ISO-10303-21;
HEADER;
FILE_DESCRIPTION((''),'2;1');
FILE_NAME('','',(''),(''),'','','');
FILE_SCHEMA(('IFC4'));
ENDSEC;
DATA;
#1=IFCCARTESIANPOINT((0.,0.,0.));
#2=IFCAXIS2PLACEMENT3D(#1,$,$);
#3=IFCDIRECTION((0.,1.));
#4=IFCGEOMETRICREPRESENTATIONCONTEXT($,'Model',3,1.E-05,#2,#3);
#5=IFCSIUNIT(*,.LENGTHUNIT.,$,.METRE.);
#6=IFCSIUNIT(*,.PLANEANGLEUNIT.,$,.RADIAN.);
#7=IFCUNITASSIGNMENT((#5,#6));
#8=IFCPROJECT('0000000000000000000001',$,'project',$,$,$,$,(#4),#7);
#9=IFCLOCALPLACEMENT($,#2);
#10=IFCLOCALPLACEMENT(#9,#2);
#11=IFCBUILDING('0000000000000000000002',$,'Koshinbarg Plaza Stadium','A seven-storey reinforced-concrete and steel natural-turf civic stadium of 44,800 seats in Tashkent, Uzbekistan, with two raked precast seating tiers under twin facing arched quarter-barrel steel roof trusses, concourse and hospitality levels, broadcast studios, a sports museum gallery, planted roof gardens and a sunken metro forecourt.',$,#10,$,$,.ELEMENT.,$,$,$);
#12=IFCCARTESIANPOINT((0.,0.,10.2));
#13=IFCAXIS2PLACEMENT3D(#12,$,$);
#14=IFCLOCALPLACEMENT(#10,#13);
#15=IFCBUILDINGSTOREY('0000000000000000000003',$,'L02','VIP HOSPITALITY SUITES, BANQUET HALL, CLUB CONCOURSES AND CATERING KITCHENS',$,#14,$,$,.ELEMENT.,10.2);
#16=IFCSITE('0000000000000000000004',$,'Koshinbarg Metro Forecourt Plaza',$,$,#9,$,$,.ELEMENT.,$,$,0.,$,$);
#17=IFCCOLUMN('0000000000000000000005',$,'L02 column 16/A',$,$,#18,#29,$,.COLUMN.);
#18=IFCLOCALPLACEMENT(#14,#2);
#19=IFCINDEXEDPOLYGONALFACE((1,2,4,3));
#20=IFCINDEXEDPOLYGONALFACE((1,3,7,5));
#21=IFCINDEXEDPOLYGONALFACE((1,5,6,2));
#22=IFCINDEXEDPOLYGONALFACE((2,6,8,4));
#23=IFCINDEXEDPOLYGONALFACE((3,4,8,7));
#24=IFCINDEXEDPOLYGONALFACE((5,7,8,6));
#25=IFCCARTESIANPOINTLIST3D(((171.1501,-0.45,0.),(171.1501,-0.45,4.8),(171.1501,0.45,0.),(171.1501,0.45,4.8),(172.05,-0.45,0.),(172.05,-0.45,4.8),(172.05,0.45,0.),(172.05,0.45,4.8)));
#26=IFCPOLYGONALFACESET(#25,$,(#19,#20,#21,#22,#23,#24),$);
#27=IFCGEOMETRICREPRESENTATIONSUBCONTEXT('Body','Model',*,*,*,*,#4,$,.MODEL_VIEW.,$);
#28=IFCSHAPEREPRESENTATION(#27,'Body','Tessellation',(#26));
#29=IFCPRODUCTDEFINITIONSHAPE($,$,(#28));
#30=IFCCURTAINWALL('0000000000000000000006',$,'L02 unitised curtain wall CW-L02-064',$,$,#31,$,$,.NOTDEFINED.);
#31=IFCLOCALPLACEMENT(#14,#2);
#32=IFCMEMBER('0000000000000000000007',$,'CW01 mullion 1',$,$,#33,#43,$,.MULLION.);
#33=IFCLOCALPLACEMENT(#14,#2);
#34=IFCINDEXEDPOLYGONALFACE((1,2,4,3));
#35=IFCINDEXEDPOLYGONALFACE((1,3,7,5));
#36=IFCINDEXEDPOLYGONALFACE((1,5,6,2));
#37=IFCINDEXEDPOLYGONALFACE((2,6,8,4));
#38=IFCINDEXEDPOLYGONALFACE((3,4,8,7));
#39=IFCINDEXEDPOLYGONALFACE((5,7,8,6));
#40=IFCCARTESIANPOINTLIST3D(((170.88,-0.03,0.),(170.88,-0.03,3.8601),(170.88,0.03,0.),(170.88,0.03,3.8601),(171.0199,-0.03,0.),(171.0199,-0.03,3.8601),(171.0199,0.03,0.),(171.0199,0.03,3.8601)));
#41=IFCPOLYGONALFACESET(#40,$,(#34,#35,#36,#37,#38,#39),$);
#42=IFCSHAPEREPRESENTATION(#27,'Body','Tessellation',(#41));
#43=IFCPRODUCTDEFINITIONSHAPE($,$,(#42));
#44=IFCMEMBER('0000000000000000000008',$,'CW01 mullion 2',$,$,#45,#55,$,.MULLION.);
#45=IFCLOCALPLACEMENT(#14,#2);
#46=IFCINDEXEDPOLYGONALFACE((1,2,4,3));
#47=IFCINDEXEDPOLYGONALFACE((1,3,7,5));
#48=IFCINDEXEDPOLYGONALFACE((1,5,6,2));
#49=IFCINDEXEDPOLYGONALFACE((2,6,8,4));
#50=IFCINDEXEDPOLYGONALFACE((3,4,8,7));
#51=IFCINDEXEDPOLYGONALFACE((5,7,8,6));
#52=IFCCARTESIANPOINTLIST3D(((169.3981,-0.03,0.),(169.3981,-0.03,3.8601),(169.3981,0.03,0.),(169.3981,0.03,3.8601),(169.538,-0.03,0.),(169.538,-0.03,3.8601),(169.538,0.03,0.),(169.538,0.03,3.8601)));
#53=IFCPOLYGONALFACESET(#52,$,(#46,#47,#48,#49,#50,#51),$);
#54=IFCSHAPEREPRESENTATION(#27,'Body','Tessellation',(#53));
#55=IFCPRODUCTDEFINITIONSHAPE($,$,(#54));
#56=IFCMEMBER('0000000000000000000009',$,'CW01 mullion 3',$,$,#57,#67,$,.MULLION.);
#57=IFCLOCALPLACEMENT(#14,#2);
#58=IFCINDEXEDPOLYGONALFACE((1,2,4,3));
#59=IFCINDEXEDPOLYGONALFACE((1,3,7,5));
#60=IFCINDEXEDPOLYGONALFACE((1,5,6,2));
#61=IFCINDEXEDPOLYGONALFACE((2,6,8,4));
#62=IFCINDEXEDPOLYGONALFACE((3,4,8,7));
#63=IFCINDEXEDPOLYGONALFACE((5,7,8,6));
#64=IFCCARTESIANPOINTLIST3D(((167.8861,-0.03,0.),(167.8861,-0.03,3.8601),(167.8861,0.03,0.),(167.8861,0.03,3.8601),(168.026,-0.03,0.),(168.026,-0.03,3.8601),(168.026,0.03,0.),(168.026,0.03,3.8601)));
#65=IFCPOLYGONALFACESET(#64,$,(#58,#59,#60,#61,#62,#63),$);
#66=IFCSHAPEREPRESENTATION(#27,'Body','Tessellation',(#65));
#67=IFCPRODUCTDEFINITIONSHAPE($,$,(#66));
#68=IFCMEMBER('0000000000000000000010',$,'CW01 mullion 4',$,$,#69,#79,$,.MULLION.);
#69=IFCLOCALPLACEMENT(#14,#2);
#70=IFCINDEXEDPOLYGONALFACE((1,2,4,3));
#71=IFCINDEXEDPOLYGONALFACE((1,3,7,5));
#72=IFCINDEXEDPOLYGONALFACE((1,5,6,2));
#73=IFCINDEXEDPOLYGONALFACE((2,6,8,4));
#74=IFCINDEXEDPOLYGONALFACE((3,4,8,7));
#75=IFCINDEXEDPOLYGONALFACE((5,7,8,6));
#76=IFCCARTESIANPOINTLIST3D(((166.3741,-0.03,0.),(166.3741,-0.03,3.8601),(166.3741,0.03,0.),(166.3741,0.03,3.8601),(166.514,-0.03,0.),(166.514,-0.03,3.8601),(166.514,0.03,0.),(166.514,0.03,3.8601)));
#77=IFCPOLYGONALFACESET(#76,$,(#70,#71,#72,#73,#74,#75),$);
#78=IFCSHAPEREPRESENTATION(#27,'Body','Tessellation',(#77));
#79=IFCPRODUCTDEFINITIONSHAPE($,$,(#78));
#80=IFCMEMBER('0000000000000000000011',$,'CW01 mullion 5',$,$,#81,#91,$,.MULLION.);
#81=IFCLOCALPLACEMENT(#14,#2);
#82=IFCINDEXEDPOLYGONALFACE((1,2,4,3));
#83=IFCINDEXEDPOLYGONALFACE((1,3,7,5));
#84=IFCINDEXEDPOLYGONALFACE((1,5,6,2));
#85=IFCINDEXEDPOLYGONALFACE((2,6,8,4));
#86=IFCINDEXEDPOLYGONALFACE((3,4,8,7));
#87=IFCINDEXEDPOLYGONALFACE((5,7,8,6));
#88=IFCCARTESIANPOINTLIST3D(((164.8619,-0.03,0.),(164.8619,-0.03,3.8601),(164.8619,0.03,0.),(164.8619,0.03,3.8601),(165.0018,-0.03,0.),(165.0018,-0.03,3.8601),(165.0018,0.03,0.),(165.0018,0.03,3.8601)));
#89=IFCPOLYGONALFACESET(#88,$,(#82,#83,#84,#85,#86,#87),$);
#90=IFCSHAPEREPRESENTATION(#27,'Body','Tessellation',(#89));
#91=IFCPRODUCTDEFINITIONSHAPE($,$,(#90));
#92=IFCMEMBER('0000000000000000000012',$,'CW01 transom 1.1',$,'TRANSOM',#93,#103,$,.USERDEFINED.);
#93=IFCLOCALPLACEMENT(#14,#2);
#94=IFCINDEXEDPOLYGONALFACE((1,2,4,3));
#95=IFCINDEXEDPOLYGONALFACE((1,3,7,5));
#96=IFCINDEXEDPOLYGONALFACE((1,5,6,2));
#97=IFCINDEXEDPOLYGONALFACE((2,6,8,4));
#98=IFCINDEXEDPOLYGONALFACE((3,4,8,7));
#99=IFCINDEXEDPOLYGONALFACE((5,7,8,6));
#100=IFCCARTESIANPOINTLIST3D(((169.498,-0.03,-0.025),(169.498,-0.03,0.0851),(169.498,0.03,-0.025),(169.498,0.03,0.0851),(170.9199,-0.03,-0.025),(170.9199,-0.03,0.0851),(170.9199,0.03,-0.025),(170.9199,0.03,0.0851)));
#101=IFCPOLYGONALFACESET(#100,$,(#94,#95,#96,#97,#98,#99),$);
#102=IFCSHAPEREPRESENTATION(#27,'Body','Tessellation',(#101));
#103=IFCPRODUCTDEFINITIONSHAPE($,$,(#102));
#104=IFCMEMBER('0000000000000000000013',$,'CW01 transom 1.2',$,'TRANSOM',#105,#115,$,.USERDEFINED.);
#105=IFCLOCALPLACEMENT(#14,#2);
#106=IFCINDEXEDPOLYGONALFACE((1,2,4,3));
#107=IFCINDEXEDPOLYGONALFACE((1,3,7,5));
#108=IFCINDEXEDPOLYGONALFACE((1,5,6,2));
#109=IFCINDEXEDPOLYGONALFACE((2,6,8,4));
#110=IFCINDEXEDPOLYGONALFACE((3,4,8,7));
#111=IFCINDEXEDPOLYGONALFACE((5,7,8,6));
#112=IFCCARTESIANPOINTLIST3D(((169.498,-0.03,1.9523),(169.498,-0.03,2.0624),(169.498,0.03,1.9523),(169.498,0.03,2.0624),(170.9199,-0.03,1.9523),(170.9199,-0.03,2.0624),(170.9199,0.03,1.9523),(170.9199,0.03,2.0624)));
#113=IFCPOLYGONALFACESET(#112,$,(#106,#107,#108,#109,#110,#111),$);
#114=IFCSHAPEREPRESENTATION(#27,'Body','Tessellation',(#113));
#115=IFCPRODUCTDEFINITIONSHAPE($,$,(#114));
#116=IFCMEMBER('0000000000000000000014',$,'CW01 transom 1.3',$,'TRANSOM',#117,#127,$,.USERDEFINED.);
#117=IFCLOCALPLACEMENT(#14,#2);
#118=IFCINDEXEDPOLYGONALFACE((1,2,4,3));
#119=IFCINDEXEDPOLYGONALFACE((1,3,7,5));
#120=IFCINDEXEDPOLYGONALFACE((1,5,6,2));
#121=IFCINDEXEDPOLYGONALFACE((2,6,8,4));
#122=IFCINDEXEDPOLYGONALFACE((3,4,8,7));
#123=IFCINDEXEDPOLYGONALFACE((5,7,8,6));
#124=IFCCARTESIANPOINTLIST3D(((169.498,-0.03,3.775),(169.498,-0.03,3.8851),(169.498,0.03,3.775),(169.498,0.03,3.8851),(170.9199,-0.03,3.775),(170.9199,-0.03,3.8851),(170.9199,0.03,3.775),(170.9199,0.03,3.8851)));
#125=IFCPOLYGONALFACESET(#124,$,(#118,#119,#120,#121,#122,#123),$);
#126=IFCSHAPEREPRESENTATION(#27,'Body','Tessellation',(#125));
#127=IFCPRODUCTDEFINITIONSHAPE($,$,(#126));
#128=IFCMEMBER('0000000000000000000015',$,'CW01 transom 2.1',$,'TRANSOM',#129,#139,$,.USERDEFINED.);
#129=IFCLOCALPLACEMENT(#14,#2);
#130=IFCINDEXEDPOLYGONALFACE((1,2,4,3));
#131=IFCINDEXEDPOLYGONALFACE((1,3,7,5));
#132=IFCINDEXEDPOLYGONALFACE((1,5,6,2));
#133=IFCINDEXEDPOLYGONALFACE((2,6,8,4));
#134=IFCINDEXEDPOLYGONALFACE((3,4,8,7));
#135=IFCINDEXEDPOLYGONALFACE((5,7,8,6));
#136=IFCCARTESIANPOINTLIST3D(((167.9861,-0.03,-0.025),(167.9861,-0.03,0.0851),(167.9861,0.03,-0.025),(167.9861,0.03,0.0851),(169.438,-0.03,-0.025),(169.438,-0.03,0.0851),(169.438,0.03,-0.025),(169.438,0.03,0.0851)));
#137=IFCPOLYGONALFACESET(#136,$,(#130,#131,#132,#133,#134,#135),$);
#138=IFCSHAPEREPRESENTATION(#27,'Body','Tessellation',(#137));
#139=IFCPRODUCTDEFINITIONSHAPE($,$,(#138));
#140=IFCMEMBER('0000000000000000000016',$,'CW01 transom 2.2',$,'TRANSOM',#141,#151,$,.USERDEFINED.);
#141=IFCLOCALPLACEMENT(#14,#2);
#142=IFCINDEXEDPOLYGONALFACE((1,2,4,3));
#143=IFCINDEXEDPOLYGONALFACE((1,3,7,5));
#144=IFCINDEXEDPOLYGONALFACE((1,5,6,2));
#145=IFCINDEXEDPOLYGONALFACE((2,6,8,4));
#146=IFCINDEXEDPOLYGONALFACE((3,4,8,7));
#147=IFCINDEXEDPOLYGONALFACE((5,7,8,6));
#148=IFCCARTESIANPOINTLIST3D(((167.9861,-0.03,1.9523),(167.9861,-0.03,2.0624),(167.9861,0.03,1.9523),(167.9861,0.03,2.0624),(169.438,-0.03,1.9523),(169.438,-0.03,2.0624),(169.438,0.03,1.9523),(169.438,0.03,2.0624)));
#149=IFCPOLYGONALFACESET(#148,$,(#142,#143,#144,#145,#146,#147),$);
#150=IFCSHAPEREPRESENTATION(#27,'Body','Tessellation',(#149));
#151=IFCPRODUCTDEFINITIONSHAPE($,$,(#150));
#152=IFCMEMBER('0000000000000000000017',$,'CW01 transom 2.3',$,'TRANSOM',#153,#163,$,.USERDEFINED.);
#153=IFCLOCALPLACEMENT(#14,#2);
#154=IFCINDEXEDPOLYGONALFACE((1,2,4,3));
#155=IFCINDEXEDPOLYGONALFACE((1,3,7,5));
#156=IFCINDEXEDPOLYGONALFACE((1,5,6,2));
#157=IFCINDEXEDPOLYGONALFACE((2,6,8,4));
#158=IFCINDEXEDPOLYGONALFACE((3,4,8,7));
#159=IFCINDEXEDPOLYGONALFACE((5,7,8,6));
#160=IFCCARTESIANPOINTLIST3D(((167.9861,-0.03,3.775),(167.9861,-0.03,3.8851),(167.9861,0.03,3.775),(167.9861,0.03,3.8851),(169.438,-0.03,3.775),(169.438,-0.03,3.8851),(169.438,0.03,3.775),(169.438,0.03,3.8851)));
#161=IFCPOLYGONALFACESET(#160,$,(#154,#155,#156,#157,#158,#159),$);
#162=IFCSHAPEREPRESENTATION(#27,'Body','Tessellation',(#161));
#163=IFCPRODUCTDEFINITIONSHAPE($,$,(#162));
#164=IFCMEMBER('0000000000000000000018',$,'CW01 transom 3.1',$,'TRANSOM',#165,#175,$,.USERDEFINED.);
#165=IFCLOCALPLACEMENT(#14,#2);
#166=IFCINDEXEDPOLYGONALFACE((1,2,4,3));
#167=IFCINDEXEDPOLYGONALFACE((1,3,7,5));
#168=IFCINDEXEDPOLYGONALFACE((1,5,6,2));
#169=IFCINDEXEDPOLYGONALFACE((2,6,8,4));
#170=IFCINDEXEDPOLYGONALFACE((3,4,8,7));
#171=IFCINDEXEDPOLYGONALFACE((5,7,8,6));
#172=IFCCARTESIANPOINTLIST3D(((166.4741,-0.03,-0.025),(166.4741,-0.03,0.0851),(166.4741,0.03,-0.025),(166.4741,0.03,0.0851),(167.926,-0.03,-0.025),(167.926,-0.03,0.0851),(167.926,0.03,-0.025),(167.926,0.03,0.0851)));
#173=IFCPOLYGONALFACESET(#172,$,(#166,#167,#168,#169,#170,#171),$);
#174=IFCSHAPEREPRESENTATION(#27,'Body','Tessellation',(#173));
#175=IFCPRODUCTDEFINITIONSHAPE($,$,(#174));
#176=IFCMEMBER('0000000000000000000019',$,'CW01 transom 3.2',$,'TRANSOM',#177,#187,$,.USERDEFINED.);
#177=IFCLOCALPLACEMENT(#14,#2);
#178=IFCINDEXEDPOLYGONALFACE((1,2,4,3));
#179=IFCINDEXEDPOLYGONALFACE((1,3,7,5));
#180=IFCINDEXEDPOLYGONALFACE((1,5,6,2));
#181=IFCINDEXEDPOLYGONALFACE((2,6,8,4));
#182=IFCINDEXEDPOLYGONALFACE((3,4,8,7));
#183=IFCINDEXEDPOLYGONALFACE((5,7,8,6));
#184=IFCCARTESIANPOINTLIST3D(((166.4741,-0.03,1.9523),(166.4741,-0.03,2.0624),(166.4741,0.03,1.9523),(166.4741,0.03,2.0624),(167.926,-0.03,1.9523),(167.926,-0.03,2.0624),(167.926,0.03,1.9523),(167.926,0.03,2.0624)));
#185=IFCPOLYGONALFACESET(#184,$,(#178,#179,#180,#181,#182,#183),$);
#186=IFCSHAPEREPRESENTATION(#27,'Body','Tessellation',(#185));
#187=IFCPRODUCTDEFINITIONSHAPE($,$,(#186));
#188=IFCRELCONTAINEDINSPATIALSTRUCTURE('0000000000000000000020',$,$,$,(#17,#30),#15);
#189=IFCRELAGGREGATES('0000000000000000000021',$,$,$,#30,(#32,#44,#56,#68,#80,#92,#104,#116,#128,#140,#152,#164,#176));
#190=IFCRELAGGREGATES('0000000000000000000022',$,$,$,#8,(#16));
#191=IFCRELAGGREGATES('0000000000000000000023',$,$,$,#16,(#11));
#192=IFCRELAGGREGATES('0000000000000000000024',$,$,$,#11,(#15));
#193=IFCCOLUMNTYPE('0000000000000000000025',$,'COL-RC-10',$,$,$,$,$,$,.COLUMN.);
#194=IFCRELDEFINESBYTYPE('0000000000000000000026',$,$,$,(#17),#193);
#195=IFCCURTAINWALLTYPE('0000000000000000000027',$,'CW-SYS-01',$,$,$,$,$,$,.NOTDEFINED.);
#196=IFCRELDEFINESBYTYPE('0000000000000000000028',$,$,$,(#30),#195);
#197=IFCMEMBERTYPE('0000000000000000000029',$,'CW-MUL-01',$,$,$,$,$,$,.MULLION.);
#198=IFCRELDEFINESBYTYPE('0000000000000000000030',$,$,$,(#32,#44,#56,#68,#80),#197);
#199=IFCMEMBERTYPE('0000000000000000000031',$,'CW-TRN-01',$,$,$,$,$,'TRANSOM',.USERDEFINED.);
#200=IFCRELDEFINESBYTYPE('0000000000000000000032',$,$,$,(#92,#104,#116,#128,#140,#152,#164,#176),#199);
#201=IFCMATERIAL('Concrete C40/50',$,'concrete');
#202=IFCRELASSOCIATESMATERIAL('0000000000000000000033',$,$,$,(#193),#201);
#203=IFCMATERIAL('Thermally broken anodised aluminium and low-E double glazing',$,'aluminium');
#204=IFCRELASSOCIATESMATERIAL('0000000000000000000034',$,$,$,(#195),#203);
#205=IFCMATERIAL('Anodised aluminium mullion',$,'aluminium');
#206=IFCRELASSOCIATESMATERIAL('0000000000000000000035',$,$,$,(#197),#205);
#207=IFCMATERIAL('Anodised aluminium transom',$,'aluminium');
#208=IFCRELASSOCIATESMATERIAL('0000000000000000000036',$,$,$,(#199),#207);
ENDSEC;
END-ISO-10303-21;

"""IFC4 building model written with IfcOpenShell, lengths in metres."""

from ifc_helpers import new_model, si_unit, direction, frame, origin, origin_2d, place, context, subcontext, project, spatial, rectangle, extrude, material, material_profile, profile_set, type_object, element, aggregate, save


model = new_model("IFC4")

# Units and contexts
model_context = context("Model", 3, precision=1e-05, world=origin(), true_north=direction((0.0, 1.0)))
body_context = subcontext(model_context, "Body", "Model", "MODEL_VIEW")
ifc_project = project(units=[si_unit("LENGTHUNIT", "METRE"), si_unit("PLANEANGLEUNIT", "RADIAN")], contexts=[model_context])

# Site, building, storey
site_placement = place(None, origin())
site = spatial("IfcSite", under=ifc_project, at=site_placement, Name="Koshinbarg Metro Forecourt Plaza", CompositionType="ELEMENT", RefElevation=0.0)
building_placement = place(site_placement, origin())
building = spatial("IfcBuilding", under=site, at=building_placement, Name="Koshinbarg Plaza Stadium", Description="A seven-storey reinforced-concrete and steel natural-turf civic stadium of 44,800 seats in Tashkent, Uzbekistan, with two raked precast seating tiers under twin facing arched quarter-barrel steel roof trusses, concourse and hospitality levels, broadcast studios, a sports museum gallery, planted roof gardens and a sunken metro forecourt.", CompositionType="ELEMENT")
storey_placement = place(building_placement, frame((0.0, 0.0, 10.2)))
storey = spatial("IfcBuildingStorey", under=building, at=storey_placement, Name="L02", Description="VIP HOSPITALITY SUITES, BANQUET HALL, CLUB CONCOURSES AND CATERING KITCHENS", CompositionType="ELEMENT", Elevation=10.2)

# Column
ifc_material_1 = material(Name="Concrete C40/50", Category="concrete")
ifc_material_profile_1 = material_profile(ifc_material_1, rectangle(XDim=0.8999, YDim=0.8999, at=origin_2d()), Name="RC 900x900")
ifc_profile_set_1 = profile_set([ifc_material_profile_1], Name="Concrete C40/50")
column_type = type_object("IfcColumnType", Name="COL-RC-10", PredefinedType="COLUMN", material=ifc_profile_set_1)
column_placement = place(storey_placement, frame((171.6001, 0.0, 0.0), z_axis=(0.0, 0.0, 1.0), x_axis=(1.0, 0.0, 0.0)))
element("IfcColumn", 1, at=column_placement, inside=storey, type_object=column_type, Name="L02 column 16/A", PredefinedType="COLUMN", context=body_context, shape_type="SweptSolid", body=[
    extrude(rectangle(XDim=0.8999, YDim=0.8999, at=origin_2d()), origin(), (0.0, 0.0, 1.0), 4.8),
])

# Curtain wall, members
ifc_material_2 = material(Name="Thermally broken anodised aluminium and low-E double glazing", Category="aluminium")
curtain_wall_type = type_object("IfcCurtainWallType", Name="CW-SYS-01", PredefinedType="NOTDEFINED", material=ifc_material_2)
curtain_wall_placement = place(storey_placement, origin())
curtain_wall = element("IfcCurtainWall", 2, at=curtain_wall_placement, inside=storey, type_object=curtain_wall_type, Name="L02 unitised curtain wall CW-L02-064", PredefinedType="NOTDEFINED")
ifc_material_3 = material(Name="Anodised aluminium mullion", Category="aluminium")
ifc_material_profile_2 = material_profile(ifc_material_3, rectangle(XDim=0.0601, YDim=0.1399, at=origin_2d()), Name="ALU 60x140")
ifc_profile_set_2 = profile_set([ifc_material_profile_2], Name="Anodised aluminium mullion")
member_type_1 = type_object("IfcMemberType", Name="CW-MUL-01", PredefinedType="MULLION", material=ifc_profile_set_2)
member_1_placement = place(storey_placement, frame((170.95, 0.0, 0.0), z_axis=(0.0, 0.0, 1.0), x_axis=(0.0, -1.0, 0.0)))
member_1 = element("IfcMember", 3, at=member_1_placement, type_object=member_type_1, Name="CW01 mullion 1", PredefinedType="MULLION", context=body_context, shape_type="SweptSolid", body=[
    extrude(rectangle(XDim=0.0601, YDim=0.1399, at=origin_2d()), origin(), (0.0, 0.0, 1.0), 3.8601),
])
member_2_placement = place(storey_placement, frame((169.468, 0.0, 0.0), z_axis=(0.0, 0.0, 1.0), x_axis=(0.0, -1.0, 0.0)))
member_2 = element("IfcMember", 4, at=member_2_placement, type_object=member_type_1, Name="CW01 mullion 2", PredefinedType="MULLION", context=body_context, shape_type="SweptSolid", body=[
    extrude(rectangle(XDim=0.0601, YDim=0.1399, at=origin_2d()), origin(), (0.0, 0.0, 1.0), 3.8601),
])
member_3_placement = place(storey_placement, frame((167.9561, 0.0, 0.0), z_axis=(0.0, 0.0, 1.0), x_axis=(0.0, -1.0, 0.0)))
member_3 = element("IfcMember", 5, at=member_3_placement, type_object=member_type_1, Name="CW01 mullion 3", PredefinedType="MULLION", context=body_context, shape_type="SweptSolid", body=[
    extrude(rectangle(XDim=0.0601, YDim=0.1399, at=origin_2d()), origin(), (0.0, 0.0, 1.0), 3.8601),
])
member_4_placement = place(storey_placement, frame((166.4441, 0.0, 0.0), z_axis=(0.0, 0.0, 1.0), x_axis=(0.0, -1.0, 0.0)))
member_4 = element("IfcMember", 6, at=member_4_placement, type_object=member_type_1, Name="CW01 mullion 4", PredefinedType="MULLION", context=body_context, shape_type="SweptSolid", body=[
    extrude(rectangle(XDim=0.0601, YDim=0.1399, at=origin_2d()), origin(), (0.0, 0.0, 1.0), 3.8601),
])
member_5_placement = place(storey_placement, frame((164.9319, 0.0, 0.0), z_axis=(0.0, 0.0, 1.0), x_axis=(0.0, -1.0, 0.0)))
member_5 = element("IfcMember", 7, at=member_5_placement, type_object=member_type_1, Name="CW01 mullion 5", PredefinedType="MULLION", context=body_context, shape_type="SweptSolid", body=[
    extrude(rectangle(XDim=0.0601, YDim=0.1399, at=origin_2d()), origin(), (0.0, 0.0, 1.0), 3.8601),
])
ifc_material_4 = material(Name="Anodised aluminium transom", Category="aluminium")
ifc_material_profile_3 = material_profile(ifc_material_4, rectangle(XDim=0.0601, YDim=0.1101, at=origin_2d()), Name="ALU 60x110")
ifc_profile_set_3 = profile_set([ifc_material_profile_3], Name="Anodised aluminium transom")
member_type_2 = type_object("IfcMemberType", Name="CW-TRN-01", ElementType="TRANSOM", PredefinedType="USERDEFINED", material=ifc_profile_set_3)
member_6_placement = place(storey_placement, frame((170.9199, 0.0, 0.03), z_axis=(-1.0, 0.0, 0.0), x_axis=(0.0, -1.0, 0.0)))
member_6 = element("IfcMember", 8, at=member_6_placement, type_object=member_type_2, Name="CW01 transom 1.1", ObjectType="TRANSOM", PredefinedType="USERDEFINED", context=body_context, shape_type="SweptSolid", body=[
    extrude(rectangle(XDim=0.0601, YDim=0.1101, at=origin_2d()), origin(), (0.0, 0.0, 1.0), 1.4219),
])
member_7_placement = place(storey_placement, frame((170.9199, 0.0, 2.0073), z_axis=(-1.0, 0.0, 0.0), x_axis=(0.0, -1.0, 0.0)))
member_7 = element("IfcMember", 9, at=member_7_placement, type_object=member_type_2, Name="CW01 transom 1.2", ObjectType="TRANSOM", PredefinedType="USERDEFINED", context=body_context, shape_type="SweptSolid", body=[
    extrude(rectangle(XDim=0.0601, YDim=0.1101, at=origin_2d()), origin(), (0.0, 0.0, 1.0), 1.4219),
])
member_8_placement = place(storey_placement, frame((170.9199, 0.0, 3.8301), z_axis=(-1.0, 0.0, 0.0), x_axis=(0.0, -1.0, 0.0)))
member_8 = element("IfcMember", 10, at=member_8_placement, type_object=member_type_2, Name="CW01 transom 1.3", ObjectType="TRANSOM", PredefinedType="USERDEFINED", context=body_context, shape_type="SweptSolid", body=[
    extrude(rectangle(XDim=0.0601, YDim=0.1101, at=origin_2d()), origin(), (0.0, 0.0, 1.0), 1.4219),
])
member_9_placement = place(storey_placement, frame((169.438, 0.0, 0.03), z_axis=(-1.0, 0.0, 0.0), x_axis=(0.0, -1.0, 0.0)))
member_9 = element("IfcMember", 11, at=member_9_placement, type_object=member_type_2, Name="CW01 transom 2.1", ObjectType="TRANSOM", PredefinedType="USERDEFINED", context=body_context, shape_type="SweptSolid", body=[
    extrude(rectangle(XDim=0.0601, YDim=0.1101, at=origin_2d()), origin(), (0.0, 0.0, 1.0), 1.4519),
])
member_10_placement = place(storey_placement, frame((169.438, 0.0, 2.0073), z_axis=(-1.0, 0.0, 0.0), x_axis=(0.0, -1.0, 0.0)))
member_10 = element("IfcMember", 12, at=member_10_placement, type_object=member_type_2, Name="CW01 transom 2.2", ObjectType="TRANSOM", PredefinedType="USERDEFINED", context=body_context, shape_type="SweptSolid", body=[
    extrude(rectangle(XDim=0.0601, YDim=0.1101, at=origin_2d()), origin(), (0.0, 0.0, 1.0), 1.4519),
])
member_11_placement = place(storey_placement, frame((169.438, 0.0, 3.8301), z_axis=(-1.0, 0.0, 0.0), x_axis=(0.0, -1.0, 0.0)))
member_11 = element("IfcMember", 13, at=member_11_placement, type_object=member_type_2, Name="CW01 transom 2.3", ObjectType="TRANSOM", PredefinedType="USERDEFINED", context=body_context, shape_type="SweptSolid", body=[
    extrude(rectangle(XDim=0.0601, YDim=0.1101, at=origin_2d()), origin(), (0.0, 0.0, 1.0), 1.4519),
])
member_12_placement = place(storey_placement, frame((167.926, 0.0, 0.03), z_axis=(-1.0, 0.0, 0.0), x_axis=(0.0, -1.0, 0.0)))
member_12 = element("IfcMember", 14, at=member_12_placement, type_object=member_type_2, Name="CW01 transom 3.1", ObjectType="TRANSOM", PredefinedType="USERDEFINED", context=body_context, shape_type="SweptSolid", body=[
    extrude(rectangle(XDim=0.0601, YDim=0.1101, at=origin_2d()), origin(), (0.0, 0.0, 1.0), 1.4519),
])
member_13_placement = place(storey_placement, frame((167.926, 0.0, 2.0073), z_axis=(-1.0, 0.0, 0.0), x_axis=(0.0, -1.0, 0.0)))
member_13 = element("IfcMember", 15, at=member_13_placement, type_object=member_type_2, Name="CW01 transom 3.2", ObjectType="TRANSOM", PredefinedType="USERDEFINED", context=body_context, shape_type="SweptSolid", body=[
    extrude(rectangle(XDim=0.0601, YDim=0.1101, at=origin_2d()), origin(), (0.0, 0.0, 1.0), 1.4519),
])
aggregate(curtain_wall, [member_1, member_2, member_3, member_4, member_5, member_6, member_7, member_8, member_9, member_10, member_11, member_12, member_13])

save(model, "model.ifc")
